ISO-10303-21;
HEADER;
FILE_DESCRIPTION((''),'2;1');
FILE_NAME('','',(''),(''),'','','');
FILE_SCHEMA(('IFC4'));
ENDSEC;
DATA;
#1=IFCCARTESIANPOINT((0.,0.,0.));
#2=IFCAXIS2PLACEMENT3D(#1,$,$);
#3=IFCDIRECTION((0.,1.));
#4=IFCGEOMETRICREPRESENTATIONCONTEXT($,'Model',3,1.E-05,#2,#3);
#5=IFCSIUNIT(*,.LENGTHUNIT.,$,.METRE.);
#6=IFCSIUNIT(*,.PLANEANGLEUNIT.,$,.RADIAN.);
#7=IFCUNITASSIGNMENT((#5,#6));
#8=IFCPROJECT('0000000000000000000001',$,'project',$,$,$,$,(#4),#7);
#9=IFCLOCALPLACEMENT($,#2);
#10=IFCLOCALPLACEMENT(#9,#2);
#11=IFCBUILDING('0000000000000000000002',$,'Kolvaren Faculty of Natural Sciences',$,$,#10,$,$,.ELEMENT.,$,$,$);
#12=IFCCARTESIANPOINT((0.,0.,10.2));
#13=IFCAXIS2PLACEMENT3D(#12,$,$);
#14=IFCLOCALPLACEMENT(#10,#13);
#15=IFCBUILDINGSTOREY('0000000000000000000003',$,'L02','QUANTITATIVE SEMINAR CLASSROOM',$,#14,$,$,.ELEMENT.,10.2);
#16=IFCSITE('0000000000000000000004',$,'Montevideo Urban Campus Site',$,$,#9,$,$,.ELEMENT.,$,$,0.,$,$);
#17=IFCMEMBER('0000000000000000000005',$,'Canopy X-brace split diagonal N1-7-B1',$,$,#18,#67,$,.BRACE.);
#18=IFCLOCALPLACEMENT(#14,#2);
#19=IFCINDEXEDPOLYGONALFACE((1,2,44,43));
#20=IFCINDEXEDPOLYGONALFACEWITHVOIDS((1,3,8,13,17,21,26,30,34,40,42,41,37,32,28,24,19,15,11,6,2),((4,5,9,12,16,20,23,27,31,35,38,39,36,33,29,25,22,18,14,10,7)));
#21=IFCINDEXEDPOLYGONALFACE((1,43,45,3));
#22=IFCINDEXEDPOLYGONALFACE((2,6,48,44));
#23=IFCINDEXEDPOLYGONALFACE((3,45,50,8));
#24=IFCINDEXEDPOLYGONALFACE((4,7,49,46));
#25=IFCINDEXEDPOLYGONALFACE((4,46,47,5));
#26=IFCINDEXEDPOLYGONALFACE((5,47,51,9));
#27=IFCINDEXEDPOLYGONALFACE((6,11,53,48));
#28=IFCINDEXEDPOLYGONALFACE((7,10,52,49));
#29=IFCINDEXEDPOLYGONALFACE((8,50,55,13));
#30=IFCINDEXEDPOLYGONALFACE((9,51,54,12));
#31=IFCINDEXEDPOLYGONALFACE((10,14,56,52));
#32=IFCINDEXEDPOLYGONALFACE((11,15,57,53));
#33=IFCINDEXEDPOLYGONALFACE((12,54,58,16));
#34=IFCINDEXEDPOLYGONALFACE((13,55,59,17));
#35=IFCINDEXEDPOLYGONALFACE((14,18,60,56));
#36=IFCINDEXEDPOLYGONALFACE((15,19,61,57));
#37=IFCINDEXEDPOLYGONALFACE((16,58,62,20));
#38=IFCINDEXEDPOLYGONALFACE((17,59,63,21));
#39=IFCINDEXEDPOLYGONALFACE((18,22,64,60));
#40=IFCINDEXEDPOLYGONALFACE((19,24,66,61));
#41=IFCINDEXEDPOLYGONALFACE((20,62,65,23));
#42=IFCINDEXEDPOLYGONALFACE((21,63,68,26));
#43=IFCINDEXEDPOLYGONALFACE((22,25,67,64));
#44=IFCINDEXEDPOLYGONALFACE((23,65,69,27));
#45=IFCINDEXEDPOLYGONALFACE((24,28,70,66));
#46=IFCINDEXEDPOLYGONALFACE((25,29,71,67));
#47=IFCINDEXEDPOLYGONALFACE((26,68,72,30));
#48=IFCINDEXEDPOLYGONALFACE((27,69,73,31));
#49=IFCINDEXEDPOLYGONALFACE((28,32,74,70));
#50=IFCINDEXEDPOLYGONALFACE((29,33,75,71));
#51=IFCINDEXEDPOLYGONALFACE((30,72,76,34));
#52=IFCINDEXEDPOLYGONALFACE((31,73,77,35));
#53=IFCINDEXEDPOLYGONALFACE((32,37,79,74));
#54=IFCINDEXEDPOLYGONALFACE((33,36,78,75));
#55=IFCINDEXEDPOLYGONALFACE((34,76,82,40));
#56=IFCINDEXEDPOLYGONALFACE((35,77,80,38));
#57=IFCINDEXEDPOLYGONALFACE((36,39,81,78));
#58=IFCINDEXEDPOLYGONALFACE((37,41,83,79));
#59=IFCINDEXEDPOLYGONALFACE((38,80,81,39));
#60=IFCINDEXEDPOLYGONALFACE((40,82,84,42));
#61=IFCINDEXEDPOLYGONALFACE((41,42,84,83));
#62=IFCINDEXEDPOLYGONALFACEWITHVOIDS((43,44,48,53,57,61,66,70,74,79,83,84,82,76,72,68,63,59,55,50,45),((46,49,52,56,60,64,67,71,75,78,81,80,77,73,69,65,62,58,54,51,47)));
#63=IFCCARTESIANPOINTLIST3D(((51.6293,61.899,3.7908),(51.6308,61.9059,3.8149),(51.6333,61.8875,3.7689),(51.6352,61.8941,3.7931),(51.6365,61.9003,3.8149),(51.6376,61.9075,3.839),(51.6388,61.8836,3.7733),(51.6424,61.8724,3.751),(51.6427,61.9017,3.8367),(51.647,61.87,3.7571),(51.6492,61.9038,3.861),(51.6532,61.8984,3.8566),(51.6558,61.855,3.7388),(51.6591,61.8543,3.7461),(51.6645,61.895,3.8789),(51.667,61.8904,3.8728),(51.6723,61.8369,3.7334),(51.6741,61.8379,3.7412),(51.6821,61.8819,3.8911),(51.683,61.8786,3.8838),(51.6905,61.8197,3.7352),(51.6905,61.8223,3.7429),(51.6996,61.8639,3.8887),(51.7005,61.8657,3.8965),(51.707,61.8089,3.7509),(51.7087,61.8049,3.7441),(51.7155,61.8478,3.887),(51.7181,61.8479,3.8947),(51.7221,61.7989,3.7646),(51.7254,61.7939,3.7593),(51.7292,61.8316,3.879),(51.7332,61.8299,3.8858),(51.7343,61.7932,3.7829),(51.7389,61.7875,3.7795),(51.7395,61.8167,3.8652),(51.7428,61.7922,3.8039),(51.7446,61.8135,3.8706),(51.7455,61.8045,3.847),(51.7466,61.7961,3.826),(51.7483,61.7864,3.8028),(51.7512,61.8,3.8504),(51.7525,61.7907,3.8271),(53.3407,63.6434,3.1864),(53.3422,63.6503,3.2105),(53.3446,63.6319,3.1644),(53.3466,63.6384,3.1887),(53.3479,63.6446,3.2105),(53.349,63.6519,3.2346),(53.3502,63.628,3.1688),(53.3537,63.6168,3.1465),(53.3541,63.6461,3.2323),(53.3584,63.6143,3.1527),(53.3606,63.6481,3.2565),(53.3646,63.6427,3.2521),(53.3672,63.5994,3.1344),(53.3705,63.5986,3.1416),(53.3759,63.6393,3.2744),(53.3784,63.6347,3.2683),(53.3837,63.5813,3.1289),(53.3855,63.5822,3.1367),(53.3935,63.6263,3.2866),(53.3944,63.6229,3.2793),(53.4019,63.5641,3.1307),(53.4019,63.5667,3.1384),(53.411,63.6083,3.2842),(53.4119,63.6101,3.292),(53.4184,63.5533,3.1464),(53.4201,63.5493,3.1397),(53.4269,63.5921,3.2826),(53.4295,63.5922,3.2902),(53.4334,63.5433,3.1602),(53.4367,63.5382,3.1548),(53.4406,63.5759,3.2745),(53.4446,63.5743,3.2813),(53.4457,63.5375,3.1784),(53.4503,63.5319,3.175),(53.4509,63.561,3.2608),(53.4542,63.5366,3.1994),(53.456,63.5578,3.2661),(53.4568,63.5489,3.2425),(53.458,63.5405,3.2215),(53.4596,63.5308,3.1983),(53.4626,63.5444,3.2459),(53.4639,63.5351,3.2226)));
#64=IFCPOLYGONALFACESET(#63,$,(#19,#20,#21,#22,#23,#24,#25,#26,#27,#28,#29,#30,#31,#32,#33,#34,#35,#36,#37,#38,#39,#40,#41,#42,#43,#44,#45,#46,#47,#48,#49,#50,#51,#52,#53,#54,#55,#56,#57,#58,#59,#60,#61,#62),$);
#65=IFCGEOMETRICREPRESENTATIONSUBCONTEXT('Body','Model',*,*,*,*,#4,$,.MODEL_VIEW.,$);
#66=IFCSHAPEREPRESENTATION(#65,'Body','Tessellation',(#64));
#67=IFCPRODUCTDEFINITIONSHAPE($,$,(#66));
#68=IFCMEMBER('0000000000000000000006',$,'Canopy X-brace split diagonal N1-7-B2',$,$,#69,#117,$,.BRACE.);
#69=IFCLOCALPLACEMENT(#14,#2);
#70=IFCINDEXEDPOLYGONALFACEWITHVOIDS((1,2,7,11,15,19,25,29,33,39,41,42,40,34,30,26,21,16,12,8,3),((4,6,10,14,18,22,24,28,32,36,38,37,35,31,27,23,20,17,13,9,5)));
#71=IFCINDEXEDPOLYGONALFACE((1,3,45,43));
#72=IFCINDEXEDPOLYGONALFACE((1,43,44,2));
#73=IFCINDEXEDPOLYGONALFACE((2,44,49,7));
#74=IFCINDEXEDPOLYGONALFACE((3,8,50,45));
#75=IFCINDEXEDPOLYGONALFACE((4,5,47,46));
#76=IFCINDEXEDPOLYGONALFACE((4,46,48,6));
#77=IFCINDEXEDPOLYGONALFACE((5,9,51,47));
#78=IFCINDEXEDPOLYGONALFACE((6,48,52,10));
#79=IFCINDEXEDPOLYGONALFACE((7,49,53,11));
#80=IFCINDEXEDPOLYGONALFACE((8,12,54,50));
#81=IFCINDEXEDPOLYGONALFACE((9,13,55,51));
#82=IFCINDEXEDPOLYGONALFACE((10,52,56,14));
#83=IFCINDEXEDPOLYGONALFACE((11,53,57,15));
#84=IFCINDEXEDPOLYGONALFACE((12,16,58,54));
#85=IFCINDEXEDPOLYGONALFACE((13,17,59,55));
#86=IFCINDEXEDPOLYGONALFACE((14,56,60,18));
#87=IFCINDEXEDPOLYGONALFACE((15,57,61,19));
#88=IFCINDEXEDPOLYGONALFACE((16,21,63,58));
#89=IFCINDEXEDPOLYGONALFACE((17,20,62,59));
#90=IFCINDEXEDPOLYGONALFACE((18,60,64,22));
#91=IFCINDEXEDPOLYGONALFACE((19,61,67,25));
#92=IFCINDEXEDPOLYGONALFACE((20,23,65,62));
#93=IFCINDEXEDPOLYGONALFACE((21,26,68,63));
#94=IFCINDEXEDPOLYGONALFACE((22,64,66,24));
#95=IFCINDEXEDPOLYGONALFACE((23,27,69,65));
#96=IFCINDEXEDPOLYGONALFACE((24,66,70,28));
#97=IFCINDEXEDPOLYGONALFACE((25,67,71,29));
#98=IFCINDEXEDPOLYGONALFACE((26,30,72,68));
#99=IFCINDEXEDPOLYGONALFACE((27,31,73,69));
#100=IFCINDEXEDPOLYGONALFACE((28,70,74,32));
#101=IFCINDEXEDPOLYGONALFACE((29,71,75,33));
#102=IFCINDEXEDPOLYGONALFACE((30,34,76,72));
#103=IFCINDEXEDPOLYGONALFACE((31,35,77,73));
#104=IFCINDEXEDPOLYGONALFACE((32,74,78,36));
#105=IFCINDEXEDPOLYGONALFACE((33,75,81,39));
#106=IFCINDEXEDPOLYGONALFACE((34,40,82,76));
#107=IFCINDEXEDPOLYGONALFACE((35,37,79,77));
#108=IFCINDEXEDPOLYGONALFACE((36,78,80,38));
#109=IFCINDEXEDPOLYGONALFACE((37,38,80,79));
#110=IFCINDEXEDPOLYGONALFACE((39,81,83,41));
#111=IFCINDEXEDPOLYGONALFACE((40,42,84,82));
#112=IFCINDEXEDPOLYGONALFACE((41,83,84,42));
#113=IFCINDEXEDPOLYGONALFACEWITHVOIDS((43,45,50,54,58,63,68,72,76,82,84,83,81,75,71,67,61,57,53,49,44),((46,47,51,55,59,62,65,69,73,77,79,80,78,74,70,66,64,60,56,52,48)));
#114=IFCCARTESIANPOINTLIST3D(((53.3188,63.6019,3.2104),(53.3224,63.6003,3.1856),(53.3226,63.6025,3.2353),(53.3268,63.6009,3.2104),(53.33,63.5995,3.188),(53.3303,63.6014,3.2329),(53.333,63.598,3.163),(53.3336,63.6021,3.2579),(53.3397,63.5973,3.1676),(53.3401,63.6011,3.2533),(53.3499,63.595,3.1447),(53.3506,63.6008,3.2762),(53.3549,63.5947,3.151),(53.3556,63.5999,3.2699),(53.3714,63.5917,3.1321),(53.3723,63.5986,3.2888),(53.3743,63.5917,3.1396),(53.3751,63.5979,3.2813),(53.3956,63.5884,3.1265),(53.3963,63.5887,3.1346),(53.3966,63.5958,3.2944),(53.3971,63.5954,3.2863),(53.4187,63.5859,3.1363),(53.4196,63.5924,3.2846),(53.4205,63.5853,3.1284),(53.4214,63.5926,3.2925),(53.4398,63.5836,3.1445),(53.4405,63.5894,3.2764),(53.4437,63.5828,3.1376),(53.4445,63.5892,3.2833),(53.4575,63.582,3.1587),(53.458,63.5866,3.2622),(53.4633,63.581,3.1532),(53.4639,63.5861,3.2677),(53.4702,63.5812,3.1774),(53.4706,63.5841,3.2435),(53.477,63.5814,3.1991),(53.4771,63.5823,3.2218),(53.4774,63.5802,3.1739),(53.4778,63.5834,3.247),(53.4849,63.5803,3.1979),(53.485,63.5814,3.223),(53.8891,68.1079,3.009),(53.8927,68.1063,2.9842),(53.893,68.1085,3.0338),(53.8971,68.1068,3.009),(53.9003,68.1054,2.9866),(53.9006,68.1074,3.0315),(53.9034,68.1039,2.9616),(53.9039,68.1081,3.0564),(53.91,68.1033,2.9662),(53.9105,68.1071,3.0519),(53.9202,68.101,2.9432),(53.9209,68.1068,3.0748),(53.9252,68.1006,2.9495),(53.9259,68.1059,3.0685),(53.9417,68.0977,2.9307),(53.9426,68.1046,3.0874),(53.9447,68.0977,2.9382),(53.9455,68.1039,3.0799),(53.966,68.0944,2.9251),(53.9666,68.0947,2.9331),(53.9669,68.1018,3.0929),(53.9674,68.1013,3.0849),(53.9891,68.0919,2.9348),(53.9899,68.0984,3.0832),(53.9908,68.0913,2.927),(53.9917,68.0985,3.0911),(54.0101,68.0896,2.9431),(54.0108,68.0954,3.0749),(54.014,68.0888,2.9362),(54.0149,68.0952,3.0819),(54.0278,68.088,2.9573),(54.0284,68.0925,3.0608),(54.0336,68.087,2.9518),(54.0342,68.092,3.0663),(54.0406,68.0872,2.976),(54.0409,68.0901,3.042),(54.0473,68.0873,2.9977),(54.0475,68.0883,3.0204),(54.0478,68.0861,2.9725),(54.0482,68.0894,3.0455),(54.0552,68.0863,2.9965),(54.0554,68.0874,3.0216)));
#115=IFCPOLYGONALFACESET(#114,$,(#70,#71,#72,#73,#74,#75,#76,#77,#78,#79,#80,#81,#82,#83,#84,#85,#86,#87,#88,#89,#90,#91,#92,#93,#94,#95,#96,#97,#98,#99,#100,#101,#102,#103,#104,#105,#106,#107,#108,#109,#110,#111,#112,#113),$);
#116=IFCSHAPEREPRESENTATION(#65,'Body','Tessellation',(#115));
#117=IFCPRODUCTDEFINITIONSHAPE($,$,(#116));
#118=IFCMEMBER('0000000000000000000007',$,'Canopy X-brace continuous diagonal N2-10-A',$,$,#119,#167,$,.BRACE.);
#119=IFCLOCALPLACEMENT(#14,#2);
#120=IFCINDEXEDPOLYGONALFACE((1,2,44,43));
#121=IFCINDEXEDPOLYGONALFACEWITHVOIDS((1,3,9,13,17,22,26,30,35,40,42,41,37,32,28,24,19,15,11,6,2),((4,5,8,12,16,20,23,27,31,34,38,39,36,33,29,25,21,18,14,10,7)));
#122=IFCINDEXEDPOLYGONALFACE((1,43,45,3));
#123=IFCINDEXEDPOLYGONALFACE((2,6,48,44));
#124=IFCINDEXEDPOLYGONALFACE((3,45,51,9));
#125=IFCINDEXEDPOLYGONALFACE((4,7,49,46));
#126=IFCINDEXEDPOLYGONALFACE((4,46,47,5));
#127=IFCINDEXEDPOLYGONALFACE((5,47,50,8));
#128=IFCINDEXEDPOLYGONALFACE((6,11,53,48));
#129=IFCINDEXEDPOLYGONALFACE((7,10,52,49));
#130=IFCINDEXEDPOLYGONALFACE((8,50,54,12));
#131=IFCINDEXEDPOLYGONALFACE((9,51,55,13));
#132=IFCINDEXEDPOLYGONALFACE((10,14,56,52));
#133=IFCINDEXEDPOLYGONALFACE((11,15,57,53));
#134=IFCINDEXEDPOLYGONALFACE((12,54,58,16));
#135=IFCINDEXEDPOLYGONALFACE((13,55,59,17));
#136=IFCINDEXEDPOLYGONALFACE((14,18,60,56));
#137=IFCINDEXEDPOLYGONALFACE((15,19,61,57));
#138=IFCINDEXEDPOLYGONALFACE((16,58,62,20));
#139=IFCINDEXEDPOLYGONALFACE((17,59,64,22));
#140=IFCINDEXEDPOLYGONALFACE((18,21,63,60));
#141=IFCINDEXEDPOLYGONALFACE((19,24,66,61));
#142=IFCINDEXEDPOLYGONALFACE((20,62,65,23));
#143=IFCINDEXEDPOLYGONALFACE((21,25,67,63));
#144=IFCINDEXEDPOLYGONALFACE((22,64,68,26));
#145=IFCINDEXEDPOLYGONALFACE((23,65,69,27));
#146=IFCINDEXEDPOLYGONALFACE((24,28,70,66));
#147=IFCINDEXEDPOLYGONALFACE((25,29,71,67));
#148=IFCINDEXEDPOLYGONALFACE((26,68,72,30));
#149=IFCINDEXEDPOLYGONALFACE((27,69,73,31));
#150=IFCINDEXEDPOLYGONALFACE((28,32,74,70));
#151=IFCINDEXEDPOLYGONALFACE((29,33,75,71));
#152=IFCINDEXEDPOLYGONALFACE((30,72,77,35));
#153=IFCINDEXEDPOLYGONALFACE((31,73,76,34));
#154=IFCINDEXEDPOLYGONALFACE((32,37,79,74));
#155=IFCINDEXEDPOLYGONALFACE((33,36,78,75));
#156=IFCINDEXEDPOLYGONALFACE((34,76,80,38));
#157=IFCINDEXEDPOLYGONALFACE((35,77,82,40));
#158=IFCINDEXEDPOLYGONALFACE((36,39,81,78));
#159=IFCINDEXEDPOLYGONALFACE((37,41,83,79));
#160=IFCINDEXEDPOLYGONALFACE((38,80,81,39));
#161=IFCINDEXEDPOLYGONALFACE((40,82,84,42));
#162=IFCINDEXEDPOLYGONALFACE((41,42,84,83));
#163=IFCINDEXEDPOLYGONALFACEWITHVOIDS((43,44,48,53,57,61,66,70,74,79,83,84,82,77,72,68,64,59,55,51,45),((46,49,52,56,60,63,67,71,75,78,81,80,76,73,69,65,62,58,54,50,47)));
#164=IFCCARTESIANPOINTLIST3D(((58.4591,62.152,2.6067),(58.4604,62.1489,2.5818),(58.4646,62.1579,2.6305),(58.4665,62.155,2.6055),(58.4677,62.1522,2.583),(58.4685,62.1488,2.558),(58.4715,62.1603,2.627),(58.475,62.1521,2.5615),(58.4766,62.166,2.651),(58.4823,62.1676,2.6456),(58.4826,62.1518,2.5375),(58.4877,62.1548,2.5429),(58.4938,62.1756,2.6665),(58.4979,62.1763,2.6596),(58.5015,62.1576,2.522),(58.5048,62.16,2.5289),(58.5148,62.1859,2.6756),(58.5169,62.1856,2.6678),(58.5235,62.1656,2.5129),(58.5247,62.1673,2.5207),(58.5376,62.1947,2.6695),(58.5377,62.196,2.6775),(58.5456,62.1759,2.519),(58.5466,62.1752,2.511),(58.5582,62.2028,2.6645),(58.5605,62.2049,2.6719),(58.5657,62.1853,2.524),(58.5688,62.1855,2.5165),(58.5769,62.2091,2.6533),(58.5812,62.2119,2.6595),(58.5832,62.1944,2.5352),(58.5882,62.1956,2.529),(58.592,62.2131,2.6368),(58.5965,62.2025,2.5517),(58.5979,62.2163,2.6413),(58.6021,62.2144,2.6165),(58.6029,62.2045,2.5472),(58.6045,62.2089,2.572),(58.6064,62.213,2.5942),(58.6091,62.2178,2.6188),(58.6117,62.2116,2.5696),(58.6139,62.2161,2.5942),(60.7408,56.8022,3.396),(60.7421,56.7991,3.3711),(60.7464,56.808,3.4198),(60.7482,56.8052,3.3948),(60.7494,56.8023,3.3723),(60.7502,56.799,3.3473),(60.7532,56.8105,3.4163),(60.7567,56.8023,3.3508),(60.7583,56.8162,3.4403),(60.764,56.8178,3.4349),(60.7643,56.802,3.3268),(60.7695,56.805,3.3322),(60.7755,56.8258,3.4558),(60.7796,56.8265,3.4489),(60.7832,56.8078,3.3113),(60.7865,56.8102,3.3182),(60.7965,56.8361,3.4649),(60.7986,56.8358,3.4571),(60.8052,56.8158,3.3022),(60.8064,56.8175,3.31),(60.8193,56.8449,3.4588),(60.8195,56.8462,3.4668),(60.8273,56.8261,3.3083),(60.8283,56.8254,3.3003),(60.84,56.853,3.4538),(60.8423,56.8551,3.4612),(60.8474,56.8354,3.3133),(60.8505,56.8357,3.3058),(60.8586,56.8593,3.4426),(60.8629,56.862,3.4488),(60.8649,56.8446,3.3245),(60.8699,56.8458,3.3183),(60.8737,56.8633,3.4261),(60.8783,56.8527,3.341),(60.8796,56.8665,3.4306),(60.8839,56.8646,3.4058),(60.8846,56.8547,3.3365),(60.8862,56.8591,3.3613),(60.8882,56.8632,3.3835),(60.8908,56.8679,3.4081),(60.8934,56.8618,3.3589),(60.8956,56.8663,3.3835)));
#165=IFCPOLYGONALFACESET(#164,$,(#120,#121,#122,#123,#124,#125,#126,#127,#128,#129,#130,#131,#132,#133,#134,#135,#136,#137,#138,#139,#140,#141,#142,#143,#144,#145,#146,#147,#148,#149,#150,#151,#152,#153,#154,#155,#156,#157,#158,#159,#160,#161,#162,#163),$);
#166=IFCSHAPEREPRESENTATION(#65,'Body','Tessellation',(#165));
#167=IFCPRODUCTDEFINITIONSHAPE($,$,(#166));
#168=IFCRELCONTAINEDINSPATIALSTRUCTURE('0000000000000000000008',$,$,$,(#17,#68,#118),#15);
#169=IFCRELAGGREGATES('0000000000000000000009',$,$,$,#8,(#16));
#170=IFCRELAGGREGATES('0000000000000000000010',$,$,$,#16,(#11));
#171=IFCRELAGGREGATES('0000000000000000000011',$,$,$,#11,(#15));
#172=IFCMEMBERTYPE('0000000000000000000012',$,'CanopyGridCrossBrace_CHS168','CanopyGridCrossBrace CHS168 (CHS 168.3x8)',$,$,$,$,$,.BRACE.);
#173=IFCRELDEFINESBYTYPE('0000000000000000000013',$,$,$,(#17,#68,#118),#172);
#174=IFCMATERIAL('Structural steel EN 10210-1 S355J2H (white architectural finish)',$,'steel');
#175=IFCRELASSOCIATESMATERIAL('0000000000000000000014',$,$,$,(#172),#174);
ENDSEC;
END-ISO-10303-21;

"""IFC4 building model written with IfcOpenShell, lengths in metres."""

from ifc_helpers import new_model, si_unit, direction, frame, origin, origin_2d, place, context, subcontext, project, spatial, hollow_circle, extrude, material, material_profile, profile_set, type_object, element, save


model = new_model("IFC4")

# Units and contexts
model_context = context("Model", 3, precision=1e-05, world=origin(), true_north=direction((0.0, 1.0)))
body_context = subcontext(model_context, "Body", "Model", "MODEL_VIEW")
ifc_project = project(units=[si_unit("LENGTHUNIT", "METRE"), si_unit("PLANEANGLEUNIT", "RADIAN")], contexts=[model_context])

# Site, building, storey
site_placement = place(None, origin())
site = spatial("IfcSite", under=ifc_project, at=site_placement, Name="Montevideo Urban Campus Site", CompositionType="ELEMENT", RefElevation=0.0)
building_placement = place(site_placement, origin())
building = spatial("IfcBuilding", under=site, at=building_placement, Name="Kolvaren Faculty of Natural Sciences", CompositionType="ELEMENT")
storey_placement = place(building_placement, frame((0.0, 0.0, 10.2)))
storey = spatial("IfcBuildingStorey", under=building, at=storey_placement, Name="L02", Description="QUANTITATIVE SEMINAR CLASSROOM", CompositionType="ELEMENT", Elevation=10.2)

# Members
ifc_material_1 = material(Name="Structural steel EN 10210-1 S355J2H (white architectural finish)", Category="steel")
ifc_material_profile_1 = material_profile(ifc_material_1, hollow_circle(Radius=0.0842, WallThickness=0.0081, at=origin_2d()), Name="CHS 168.3x8")
ifc_profile_set_1 = profile_set([ifc_material_profile_1], Name="Structural steel EN 10210-1 S355J2H (white architectural finish)")
member_type_1 = type_object("IfcMemberType", Name="CanopyGridCrossBrace_CHS168", Description="CanopyGridCrossBrace CHS168 (CHS 168.3x8)", PredefinedType="BRACE", material=ifc_profile_set_1)
member_1_placement = place(storey_placement, frame((51.6909, 61.8469, 3.8149), z_axis=(0.679841, 0.692933, -0.240126), x_axis=(-0.713818, 0.700331, 0.0)))
element("IfcMember", 1, at=member_1_placement, inside=storey, type_object=member_type_1, Name="Canopy X-brace split diagonal N1-7-B1", PredefinedType="BRACE", context=body_context, shape_type="SweptSolid", body=[
    extrude(hollow_circle(Radius=0.0842, WallThickness=0.0081, at=origin_2d()), origin(), (0.0, 0.0, 1.0), 2.5173),
])
member_2_placement = place(storey_placement, frame((53.4023, 63.5913, 3.2104), z_axis=(0.125446, 0.991111, -0.044304), x_axis=(-0.992085, 0.125569, 0.0)))
element("IfcMember", 2, at=member_2_placement, inside=storey, type_object=member_type_1, Name="Canopy X-brace split diagonal N1-7-B2", PredefinedType="BRACE", context=body_context, shape_type="SweptSolid", body=[
    extrude(hollow_circle(Radius=0.0842, WallThickness=0.0081, at=origin_2d()), origin(), (0.0, 0.0, 1.0), 4.5464),
])
member_3_placement = place(storey_placement, frame((58.5364, 62.1831, 2.5942), z_axis=(0.388749, -0.911477, 0.134477), x_axis=(0.919832, 0.392313, 0.0)))
element("IfcMember", 3, at=member_3_placement, inside=storey, type_object=member_type_1, Name="Canopy X-brace continuous diagonal N2-10-A", PredefinedType="BRACE", context=body_context, shape_type="SweptSolid", body=[
    extrude(hollow_circle(Radius=0.0842, WallThickness=0.0081, at=origin_2d()), origin(), (0.0, 0.0, 1.0), 5.8694),
])

save(model, "model.ifc")
